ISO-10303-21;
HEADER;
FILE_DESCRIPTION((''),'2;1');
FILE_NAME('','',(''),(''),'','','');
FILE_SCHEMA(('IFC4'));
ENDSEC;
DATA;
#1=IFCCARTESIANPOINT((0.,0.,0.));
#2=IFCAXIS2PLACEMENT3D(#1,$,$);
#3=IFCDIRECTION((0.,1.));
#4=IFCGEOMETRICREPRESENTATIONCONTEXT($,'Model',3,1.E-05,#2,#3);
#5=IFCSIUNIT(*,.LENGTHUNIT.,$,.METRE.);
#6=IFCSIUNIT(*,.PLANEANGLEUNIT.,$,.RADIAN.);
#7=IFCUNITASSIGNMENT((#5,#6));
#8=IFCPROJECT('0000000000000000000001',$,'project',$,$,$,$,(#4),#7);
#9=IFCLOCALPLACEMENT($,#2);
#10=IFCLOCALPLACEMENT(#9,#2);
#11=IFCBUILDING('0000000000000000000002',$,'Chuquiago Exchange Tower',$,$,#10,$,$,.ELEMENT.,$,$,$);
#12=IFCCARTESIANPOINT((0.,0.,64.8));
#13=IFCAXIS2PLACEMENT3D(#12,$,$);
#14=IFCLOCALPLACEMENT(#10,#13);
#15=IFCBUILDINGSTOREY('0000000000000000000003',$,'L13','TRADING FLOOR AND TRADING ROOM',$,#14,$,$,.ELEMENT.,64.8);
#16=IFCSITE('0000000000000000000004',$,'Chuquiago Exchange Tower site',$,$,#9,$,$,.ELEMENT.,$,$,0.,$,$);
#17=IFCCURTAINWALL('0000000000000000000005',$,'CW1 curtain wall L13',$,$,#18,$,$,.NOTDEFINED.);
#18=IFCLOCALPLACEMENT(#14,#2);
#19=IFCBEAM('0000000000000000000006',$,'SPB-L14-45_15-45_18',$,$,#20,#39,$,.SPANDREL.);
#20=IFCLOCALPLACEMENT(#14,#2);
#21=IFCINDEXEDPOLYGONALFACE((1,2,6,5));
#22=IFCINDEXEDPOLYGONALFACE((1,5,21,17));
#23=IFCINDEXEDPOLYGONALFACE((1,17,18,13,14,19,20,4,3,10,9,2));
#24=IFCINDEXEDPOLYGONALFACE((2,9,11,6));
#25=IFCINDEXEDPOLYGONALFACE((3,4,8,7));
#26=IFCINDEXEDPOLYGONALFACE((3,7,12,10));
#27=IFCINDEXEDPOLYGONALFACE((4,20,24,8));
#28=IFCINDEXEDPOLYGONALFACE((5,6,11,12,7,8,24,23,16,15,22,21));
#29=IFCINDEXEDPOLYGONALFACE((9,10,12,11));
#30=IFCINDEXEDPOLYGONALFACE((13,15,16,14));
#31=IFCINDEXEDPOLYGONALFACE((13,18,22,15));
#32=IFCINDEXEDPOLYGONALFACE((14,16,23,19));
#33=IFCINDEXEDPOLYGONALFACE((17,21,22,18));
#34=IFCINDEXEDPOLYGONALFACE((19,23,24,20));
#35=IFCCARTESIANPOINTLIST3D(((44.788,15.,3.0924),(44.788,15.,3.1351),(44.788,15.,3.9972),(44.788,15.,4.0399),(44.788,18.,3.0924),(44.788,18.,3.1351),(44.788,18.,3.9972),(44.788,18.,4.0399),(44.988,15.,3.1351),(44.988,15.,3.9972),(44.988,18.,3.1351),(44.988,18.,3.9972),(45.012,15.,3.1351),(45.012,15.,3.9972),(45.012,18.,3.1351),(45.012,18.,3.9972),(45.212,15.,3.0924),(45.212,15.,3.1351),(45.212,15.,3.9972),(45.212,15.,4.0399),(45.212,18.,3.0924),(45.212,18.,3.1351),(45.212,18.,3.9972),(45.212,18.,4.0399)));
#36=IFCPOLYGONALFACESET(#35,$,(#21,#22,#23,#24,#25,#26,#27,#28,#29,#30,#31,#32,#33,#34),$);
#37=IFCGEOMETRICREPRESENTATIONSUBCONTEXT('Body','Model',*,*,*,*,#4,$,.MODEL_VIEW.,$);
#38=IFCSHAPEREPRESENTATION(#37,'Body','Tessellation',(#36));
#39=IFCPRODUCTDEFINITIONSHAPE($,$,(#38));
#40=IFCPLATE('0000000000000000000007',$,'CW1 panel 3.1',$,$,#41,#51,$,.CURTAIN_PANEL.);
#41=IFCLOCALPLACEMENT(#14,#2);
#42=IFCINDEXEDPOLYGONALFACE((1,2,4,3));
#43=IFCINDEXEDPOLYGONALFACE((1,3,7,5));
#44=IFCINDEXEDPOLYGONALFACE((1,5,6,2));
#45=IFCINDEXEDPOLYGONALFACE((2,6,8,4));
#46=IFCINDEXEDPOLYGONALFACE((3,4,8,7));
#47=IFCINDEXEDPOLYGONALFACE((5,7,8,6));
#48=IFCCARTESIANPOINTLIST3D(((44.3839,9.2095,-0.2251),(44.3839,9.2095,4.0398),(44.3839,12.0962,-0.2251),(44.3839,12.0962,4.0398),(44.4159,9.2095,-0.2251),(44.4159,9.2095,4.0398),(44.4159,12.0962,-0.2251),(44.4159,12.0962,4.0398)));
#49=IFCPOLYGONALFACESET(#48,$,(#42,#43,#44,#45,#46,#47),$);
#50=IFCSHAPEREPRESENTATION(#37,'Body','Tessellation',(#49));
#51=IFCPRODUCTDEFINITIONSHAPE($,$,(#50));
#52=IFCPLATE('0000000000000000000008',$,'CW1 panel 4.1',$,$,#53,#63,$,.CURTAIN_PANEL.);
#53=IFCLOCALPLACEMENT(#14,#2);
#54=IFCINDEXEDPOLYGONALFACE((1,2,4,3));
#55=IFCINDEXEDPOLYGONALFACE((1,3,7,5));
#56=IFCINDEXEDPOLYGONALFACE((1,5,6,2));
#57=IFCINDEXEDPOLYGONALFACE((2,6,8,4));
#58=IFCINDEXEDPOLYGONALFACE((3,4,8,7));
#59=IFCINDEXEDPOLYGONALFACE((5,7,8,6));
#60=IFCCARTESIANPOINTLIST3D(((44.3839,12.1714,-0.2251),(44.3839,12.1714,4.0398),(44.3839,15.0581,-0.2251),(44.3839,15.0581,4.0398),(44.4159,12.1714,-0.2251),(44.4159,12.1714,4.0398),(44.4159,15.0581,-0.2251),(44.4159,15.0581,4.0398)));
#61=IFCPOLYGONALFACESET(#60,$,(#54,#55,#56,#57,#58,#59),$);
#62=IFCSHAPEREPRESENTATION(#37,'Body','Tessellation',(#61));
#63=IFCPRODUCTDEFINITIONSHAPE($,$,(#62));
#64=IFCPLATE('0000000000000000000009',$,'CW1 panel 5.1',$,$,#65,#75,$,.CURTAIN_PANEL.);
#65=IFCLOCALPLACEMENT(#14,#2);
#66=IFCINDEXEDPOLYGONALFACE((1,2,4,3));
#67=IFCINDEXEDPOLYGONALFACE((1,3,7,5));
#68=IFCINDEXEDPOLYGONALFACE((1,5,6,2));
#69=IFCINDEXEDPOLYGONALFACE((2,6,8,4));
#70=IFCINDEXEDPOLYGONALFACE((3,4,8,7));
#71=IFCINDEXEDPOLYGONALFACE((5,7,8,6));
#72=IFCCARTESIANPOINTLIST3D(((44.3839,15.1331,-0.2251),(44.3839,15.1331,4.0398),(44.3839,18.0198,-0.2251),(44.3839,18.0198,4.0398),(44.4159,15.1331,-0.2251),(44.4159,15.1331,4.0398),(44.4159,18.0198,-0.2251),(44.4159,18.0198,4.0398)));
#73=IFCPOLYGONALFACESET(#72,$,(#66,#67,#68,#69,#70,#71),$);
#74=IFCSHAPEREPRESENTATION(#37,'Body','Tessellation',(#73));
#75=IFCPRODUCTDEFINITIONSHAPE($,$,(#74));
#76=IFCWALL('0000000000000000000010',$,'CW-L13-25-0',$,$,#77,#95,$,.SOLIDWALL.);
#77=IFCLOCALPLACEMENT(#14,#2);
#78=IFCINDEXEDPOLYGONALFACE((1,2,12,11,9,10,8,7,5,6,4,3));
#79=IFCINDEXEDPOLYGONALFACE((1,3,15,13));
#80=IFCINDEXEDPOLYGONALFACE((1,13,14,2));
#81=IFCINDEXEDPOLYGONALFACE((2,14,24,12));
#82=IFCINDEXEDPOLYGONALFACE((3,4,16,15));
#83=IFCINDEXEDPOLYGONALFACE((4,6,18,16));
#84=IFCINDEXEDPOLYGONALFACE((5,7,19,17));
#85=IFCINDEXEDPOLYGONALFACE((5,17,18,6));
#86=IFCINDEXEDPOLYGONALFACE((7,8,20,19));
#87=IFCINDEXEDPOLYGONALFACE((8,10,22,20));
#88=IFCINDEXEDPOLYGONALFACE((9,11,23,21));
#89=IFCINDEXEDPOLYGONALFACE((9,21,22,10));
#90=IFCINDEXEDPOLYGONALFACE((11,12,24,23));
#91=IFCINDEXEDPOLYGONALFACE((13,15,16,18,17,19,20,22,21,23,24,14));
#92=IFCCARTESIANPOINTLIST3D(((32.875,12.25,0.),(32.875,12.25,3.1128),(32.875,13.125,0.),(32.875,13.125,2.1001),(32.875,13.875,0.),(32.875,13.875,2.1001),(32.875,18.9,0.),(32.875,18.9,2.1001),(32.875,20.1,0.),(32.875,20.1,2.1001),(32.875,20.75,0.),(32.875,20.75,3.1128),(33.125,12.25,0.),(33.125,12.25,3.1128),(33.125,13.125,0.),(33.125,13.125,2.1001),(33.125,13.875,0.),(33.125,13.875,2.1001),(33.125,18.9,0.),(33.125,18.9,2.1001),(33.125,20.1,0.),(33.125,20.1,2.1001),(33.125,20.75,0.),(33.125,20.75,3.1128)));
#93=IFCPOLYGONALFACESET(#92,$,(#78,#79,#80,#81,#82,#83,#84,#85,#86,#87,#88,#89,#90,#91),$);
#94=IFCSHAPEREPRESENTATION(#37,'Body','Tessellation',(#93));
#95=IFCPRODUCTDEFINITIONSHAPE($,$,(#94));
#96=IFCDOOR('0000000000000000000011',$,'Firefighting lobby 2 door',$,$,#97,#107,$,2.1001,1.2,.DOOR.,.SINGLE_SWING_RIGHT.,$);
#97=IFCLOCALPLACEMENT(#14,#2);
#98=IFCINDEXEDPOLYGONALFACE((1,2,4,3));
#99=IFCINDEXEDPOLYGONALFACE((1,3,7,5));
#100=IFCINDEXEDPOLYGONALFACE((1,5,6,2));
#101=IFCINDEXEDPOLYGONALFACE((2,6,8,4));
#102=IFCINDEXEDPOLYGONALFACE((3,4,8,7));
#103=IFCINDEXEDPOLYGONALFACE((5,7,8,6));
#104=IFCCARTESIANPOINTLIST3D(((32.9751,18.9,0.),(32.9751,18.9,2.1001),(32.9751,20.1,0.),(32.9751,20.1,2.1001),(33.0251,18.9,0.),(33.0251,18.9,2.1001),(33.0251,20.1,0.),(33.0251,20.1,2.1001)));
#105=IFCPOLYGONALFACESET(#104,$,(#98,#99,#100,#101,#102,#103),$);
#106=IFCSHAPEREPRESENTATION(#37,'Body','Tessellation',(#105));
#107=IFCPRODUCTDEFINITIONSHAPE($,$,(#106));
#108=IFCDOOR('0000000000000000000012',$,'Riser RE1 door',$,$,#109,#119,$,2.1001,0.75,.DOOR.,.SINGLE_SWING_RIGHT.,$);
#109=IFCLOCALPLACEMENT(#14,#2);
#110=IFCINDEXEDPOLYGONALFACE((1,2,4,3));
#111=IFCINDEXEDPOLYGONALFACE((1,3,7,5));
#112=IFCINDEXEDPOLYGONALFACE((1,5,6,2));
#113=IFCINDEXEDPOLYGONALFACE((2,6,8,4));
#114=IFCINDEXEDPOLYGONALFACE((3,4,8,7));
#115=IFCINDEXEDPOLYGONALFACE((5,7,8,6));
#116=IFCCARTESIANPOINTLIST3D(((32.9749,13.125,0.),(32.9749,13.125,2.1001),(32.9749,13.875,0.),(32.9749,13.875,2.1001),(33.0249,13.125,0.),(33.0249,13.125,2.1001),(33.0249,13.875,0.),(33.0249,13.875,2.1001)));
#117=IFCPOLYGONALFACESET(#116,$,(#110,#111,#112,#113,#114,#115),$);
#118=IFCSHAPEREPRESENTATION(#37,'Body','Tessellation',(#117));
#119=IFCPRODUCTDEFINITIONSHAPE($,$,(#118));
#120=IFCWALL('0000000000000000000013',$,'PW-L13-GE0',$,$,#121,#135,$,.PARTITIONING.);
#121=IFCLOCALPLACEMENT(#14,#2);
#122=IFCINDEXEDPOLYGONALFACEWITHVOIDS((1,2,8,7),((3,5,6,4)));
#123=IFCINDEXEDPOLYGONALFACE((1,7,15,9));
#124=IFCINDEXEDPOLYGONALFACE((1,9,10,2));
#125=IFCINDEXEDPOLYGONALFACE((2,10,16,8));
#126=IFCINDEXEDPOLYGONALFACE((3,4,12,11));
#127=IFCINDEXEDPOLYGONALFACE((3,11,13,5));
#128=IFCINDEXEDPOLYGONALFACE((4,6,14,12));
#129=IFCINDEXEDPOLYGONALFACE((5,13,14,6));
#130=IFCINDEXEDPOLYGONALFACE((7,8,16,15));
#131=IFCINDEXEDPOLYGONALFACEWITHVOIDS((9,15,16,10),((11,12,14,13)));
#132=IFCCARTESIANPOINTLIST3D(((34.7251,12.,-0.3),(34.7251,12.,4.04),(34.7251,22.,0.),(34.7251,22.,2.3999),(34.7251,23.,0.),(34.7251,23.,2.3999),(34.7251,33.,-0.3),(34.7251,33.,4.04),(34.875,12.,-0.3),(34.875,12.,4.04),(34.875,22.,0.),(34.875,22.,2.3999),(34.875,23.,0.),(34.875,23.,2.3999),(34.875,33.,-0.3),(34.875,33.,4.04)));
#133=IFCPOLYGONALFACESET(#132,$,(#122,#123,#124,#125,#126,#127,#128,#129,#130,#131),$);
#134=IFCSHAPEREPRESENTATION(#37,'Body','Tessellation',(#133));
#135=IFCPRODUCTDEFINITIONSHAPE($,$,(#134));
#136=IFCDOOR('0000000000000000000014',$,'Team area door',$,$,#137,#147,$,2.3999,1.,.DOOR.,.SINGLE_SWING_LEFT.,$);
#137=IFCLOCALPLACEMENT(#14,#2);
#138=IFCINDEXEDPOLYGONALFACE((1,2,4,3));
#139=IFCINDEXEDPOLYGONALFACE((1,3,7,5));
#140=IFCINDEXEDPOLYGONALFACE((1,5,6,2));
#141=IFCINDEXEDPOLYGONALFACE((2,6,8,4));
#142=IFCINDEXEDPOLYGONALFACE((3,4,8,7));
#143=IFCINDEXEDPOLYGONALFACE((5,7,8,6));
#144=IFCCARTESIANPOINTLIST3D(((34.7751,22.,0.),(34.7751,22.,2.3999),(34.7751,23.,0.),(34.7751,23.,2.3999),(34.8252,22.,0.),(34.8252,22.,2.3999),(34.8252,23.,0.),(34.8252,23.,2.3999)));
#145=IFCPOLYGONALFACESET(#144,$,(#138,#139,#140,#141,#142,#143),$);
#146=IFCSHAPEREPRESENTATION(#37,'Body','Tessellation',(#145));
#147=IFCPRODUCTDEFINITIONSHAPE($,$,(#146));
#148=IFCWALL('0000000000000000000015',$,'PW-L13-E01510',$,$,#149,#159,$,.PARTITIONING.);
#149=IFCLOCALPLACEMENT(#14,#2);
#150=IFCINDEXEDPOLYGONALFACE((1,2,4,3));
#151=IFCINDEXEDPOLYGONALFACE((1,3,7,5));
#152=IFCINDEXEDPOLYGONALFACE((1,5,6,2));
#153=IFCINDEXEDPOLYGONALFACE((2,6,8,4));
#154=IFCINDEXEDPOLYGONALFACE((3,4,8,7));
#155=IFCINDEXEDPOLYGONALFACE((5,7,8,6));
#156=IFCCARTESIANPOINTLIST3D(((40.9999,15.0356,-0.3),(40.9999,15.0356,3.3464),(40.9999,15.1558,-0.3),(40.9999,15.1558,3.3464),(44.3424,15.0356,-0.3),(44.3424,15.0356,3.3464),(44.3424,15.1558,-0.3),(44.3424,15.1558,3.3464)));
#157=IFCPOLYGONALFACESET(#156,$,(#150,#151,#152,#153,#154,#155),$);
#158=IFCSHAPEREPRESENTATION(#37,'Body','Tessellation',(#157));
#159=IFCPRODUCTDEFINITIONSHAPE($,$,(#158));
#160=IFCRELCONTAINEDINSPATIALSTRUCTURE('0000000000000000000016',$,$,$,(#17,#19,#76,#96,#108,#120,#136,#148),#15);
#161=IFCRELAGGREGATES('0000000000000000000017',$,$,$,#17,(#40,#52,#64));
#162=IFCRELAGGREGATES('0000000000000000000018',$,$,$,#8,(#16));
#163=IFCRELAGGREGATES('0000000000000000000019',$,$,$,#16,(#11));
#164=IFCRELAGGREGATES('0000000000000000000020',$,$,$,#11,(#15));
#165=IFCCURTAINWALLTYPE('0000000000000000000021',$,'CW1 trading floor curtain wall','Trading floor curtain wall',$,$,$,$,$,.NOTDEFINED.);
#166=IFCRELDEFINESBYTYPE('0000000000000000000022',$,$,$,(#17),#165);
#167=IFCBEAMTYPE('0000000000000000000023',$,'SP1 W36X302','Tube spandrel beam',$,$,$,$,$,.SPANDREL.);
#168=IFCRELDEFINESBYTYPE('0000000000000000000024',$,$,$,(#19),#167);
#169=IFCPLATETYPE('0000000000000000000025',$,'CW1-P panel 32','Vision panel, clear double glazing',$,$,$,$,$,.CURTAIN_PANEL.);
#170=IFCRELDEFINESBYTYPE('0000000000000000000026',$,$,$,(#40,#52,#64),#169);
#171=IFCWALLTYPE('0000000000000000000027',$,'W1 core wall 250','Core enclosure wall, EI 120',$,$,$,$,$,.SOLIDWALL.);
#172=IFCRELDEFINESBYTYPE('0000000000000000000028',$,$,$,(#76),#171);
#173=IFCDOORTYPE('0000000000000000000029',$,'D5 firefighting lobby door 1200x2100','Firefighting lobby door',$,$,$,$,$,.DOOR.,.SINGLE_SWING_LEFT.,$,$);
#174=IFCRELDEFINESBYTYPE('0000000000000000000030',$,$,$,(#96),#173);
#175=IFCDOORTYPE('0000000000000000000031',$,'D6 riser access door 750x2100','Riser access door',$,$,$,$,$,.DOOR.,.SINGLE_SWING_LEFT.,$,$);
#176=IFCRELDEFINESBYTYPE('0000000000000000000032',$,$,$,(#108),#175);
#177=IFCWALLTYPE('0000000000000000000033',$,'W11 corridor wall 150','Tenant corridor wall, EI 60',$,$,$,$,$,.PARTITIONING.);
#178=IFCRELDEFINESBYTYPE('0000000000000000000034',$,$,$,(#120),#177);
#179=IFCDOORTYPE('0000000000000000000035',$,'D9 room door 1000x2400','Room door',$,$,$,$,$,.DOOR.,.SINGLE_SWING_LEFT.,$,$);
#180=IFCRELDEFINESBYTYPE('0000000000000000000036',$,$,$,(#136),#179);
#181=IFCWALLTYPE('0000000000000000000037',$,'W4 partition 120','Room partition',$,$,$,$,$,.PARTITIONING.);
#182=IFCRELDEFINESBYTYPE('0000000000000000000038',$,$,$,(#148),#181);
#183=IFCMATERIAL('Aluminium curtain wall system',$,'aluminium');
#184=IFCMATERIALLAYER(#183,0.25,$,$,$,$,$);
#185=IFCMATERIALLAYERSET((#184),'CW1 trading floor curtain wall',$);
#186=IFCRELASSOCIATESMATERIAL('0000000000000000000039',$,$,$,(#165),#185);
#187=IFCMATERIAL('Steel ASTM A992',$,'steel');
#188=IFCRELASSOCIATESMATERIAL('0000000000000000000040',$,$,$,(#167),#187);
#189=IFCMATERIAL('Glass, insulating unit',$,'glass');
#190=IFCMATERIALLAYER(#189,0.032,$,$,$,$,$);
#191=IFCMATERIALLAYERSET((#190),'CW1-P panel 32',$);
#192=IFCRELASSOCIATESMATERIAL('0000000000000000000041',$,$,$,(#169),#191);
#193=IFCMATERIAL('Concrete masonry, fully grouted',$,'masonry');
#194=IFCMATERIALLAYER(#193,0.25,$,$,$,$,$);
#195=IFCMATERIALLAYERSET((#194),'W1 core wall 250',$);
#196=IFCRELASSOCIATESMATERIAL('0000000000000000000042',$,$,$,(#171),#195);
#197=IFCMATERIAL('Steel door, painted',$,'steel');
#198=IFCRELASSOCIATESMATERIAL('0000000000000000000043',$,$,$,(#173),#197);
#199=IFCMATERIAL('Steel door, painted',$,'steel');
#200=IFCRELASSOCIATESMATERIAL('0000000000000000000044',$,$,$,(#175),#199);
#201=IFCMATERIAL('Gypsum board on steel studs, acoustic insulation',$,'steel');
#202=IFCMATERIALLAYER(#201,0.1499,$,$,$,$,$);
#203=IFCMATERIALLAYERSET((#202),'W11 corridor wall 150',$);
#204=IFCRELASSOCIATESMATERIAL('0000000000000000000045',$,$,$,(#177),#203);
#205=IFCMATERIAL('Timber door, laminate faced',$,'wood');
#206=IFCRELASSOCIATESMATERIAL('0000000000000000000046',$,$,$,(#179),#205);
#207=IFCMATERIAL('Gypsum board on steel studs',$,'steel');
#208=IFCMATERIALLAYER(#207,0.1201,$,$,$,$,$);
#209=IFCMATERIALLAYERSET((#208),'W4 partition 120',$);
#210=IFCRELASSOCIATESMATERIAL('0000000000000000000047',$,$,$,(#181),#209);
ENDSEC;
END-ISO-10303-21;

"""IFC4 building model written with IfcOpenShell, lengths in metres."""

from ifc_helpers import new_model, si_unit, direction, frame, frame_2d, origin, origin_2d, place, context, subcontext, project, spatial, rectangle, i_section, extrude, material, layer, layer_set, material_profile, profile_set, type_object, element, fill, aggregate, save


model = new_model("IFC4")

# Units and contexts
model_context = context("Model", 3, precision=1e-05, world=origin(), true_north=direction((0.0, 1.0)))
body_context = subcontext(model_context, "Body", "Model", "MODEL_VIEW")
ifc_project = project(units=[si_unit("LENGTHUNIT", "METRE"), si_unit("PLANEANGLEUNIT", "RADIAN")], contexts=[model_context])

# Site, building, storey
site_placement = place(None, origin())
site = spatial("IfcSite", under=ifc_project, at=site_placement, Name="Chuquiago Exchange Tower site", CompositionType="ELEMENT", RefElevation=0.0)
building_placement = place(site_placement, origin())
building = spatial("IfcBuilding", under=site, at=building_placement, Name="Chuquiago Exchange Tower", CompositionType="ELEMENT")
storey_placement = place(building_placement, frame((0.0, 0.0, 64.8)))
storey = spatial("IfcBuildingStorey", under=building, at=storey_placement, Name="L13", Description="TRADING FLOOR AND TRADING ROOM", CompositionType="ELEMENT", Elevation=64.8)

# Curtain wall
ifc_material_1 = material(Name="Aluminium curtain wall system", Category="aluminium")
ifc_layer_1 = layer(ifc_material_1, 0.25)
ifc_layer_set_1 = layer_set([ifc_layer_1], Name="CW1 trading floor curtain wall")
curtain_wall_type = type_object("IfcCurtainWallType", Name="CW1 trading floor curtain wall", Description="Trading floor curtain wall", PredefinedType="NOTDEFINED", material=ifc_layer_set_1)
curtain_wall_placement = place(storey_placement, origin())
curtain_wall = element("IfcCurtainWall", 1, at=curtain_wall_placement, inside=storey, type_object=curtain_wall_type, Name="CW1 curtain wall L13", PredefinedType="NOTDEFINED")

# Beam
ifc_material_2 = material(Name="Steel ASTM A992", Category="steel")
ifc_material_profile_1 = material_profile(ifc_material_2, i_section(OverallWidth=0.4241, OverallDepth=0.9475, WebThickness=0.0239, FlangeThickness=0.0427, at=origin_2d()), Name="W36X302")
ifc_profile_set_1 = profile_set([ifc_material_profile_1], Name="Steel ASTM A992")
beam_type_1 = type_object("IfcBeamType", Name="SP1 W36X302", Description="Tube spandrel beam", PredefinedType="SPANDREL", material=ifc_profile_set_1)
for number, where, z_axis, x_axis, name in (
    (2, (45.0, 15.0, 3.5662), (0.0, 1.0, 0.0), (-1.0, 0.0, 0.0), "SPB-L14-45_15-45_18"),
):
    element("IfcBeam", number, at=place(storey_placement, frame(where, z_axis=z_axis, x_axis=x_axis)), inside=storey, type_object=beam_type_1, Name=name, PredefinedType="SPANDREL", context=body_context, shape_type="SweptSolid", body=[
        extrude(i_section(OverallWidth=0.4241, OverallDepth=0.9475, WebThickness=0.0239, FlangeThickness=0.0427, at=origin_2d()), origin(), (0.0, 0.0, 1.0), 3.0),
    ])

# Plates
ifc_material_3 = material(Name="Glass, insulating unit", Category="glass")
ifc_layer_2 = layer(ifc_material_3, 0.032)
ifc_layer_set_2 = layer_set([ifc_layer_2], Name="CW1-P panel 32")
plate_type = type_object("IfcPlateType", Name="CW1-P panel 32", Description="Vision panel, clear double glazing", PredefinedType="CURTAIN_PANEL", material=ifc_layer_set_2)
plate_1_placement = place(storey_placement, frame((44.3999, 10.6528, -0.2251), z_axis=(0.0, 0.0, 1.0), x_axis=(0.0, 1.0, 0.0)))
plate_1 = element("IfcPlate", 3, at=plate_1_placement, type_object=plate_type, Name="CW1 panel 3.1", PredefinedType="CURTAIN_PANEL", context=body_context, shape_type="SweptSolid", body=[
    extrude(rectangle(XDim=2.8867, YDim=0.032, at=origin_2d()), origin(), (0.0, 0.0, 1.0), 4.2649),
])
plate_2_placement = place(storey_placement, frame((44.3999, 13.6147, -0.2251), z_axis=(0.0, 0.0, 1.0), x_axis=(0.0, 1.0, 0.0)))
plate_2 = element("IfcPlate", 4, at=plate_2_placement, type_object=plate_type, Name="CW1 panel 4.1", PredefinedType="CURTAIN_PANEL", context=body_context, shape_type="SweptSolid", body=[
    extrude(rectangle(XDim=2.8867, YDim=0.032, at=origin_2d()), origin(), (0.0, 0.0, 1.0), 4.2649),
])
plate_3_placement = place(storey_placement, frame((44.3999, 16.5764, -0.2251), z_axis=(0.0, 0.0, 1.0), x_axis=(0.0, 1.0, 0.0)))
plate_3 = element("IfcPlate", 5, at=plate_3_placement, type_object=plate_type, Name="CW1 panel 5.1", PredefinedType="CURTAIN_PANEL", context=body_context, shape_type="SweptSolid", body=[
    extrude(rectangle(XDim=2.8867, YDim=0.032, at=origin_2d()), origin(), (0.0, 0.0, 1.0), 4.2649),
])
aggregate(curtain_wall, [plate_1, plate_2, plate_3])

# Wall, openings, doors
ifc_material_4 = material(Name="Concrete masonry, fully grouted", Category="masonry")
ifc_layer_3 = layer(ifc_material_4, 0.25)
ifc_layer_set_3 = layer_set([ifc_layer_3], Name="W1 core wall 250")
wall_type_1 = type_object("IfcWallType", Name="W1 core wall 250", Description="Core enclosure wall, EI 120", PredefinedType="SOLIDWALL", material=ifc_layer_set_3)
wall_1_placement = place(storey_placement, frame((33.0, 12.25, 0.0), z_axis=(0.0, 0.0, 1.0), x_axis=(0.0, 1.0, 0.0)))
wall_1 = element("IfcWall", 6, at=wall_1_placement, inside=storey, type_object=wall_type_1, Name="CW-L13-25-0", PredefinedType="SOLIDWALL", context=body_context, shape_type="SweptSolid", body=[
    extrude(rectangle(XDim=8.5, YDim=0.25, at=frame_2d((4.25, 0.0))), origin(), (0.0, 0.0, 1.0), 3.1128),
])
opening_1_placement = place(wall_1_placement, frame((6.6499, 0.0, 0.0)))
opening_1 = element("IfcOpeningElement", 7, at=opening_1_placement, cuts=wall_1, PredefinedType="OPENING", context=body_context, shape_type="SweptSolid", body=[
    extrude(rectangle(XDim=1.2, YDim=2.1001, at=frame_2d((0.6001, 1.05))), frame((0.0, 0.135, 0.0), z_axis=(0.0, -1.0, 0.0), x_axis=(1.0, 0.0, 0.0)), (0.0, 0.0, 1.0), 0.27),
])
opening_2_placement = place(wall_1_placement, frame((0.875, 0.0, 0.0)))
opening_2 = element("IfcOpeningElement", 8, at=opening_2_placement, cuts=wall_1, PredefinedType="OPENING", context=body_context, shape_type="SweptSolid", body=[
    extrude(rectangle(XDim=0.75, YDim=2.1001, at=frame_2d((0.375, 1.05))), frame((0.0, 0.135, 0.0), z_axis=(0.0, -1.0, 0.0), x_axis=(1.0, 0.0, 0.0)), (0.0, 0.0, 1.0), 0.27),
])
ifc_material_5 = material(Name="Steel door, painted", Category="steel")
door_type_1 = type_object("IfcDoorType", Name="D5 firefighting lobby door 1200x2100", Description="Firefighting lobby door", OperationType="SINGLE_SWING_LEFT", PredefinedType="DOOR", material=ifc_material_5)
door_1_placement = place(opening_1_placement, origin())
door_1 = element("IfcDoor", 9, at=door_1_placement, inside=storey, type_object=door_type_1, Name="Firefighting lobby 2 door", OperationType="SINGLE_SWING_RIGHT", OverallHeight=2.1001, OverallWidth=1.2, PredefinedType="DOOR", context=body_context, shape_type="SweptSolid", body=[
    extrude(rectangle(XDim=1.2, YDim=2.1001, at=frame_2d((0.6001, 1.05))), frame((0.0, 0.0249, 0.0), z_axis=(0.0, -1.0, 0.0), x_axis=(1.0, 0.0, 0.0)), (0.0, 0.0, 1.0), 0.05),
])
fill(opening_1, door_1)
ifc_material_6 = material(Name="Steel door, painted", Category="steel")
door_type_2 = type_object("IfcDoorType", Name="D6 riser access door 750x2100", Description="Riser access door", OperationType="SINGLE_SWING_LEFT", PredefinedType="DOOR", material=ifc_material_6)
door_2_placement = place(opening_2_placement, frame((0.75, 0.0, 0.0), z_axis=(0.0, 0.0, 1.0), x_axis=(-1.0, 0.0, 0.0)))
door_2 = element("IfcDoor", 10, at=door_2_placement, inside=storey, type_object=door_type_2, Name="Riser RE1 door", OperationType="SINGLE_SWING_RIGHT", OverallHeight=2.1001, OverallWidth=0.75, PredefinedType="DOOR", context=body_context, shape_type="SweptSolid", body=[
    extrude(rectangle(XDim=0.75, YDim=2.1001, at=frame_2d((0.375, 1.05))), frame((0.0, 0.0249, 0.0), z_axis=(0.0, -1.0, 0.0), x_axis=(1.0, 0.0, 0.0)), (0.0, 0.0, 1.0), 0.05),
])
fill(opening_2, door_2)

# Wall, opening, door
ifc_material_7 = material(Name="Gypsum board on steel studs, acoustic insulation", Category="steel")
ifc_layer_4 = layer(ifc_material_7, 0.1499)
ifc_layer_set_4 = layer_set([ifc_layer_4], Name="W11 corridor wall 150")
wall_type_2 = type_object("IfcWallType", Name="W11 corridor wall 150", Description="Tenant corridor wall, EI 60", PredefinedType="PARTITIONING", material=ifc_layer_set_4)
wall_2_placement = place(storey_placement, frame((34.8, 12.0, -0.3), z_axis=(0.0, 0.0, 1.0), x_axis=(0.0, 1.0, 0.0)))
wall_2 = element("IfcWall", 11, at=wall_2_placement, inside=storey, type_object=wall_type_2, Name="PW-L13-GE0", PredefinedType="PARTITIONING", context=body_context, shape_type="SweptSolid", body=[
    extrude(rectangle(XDim=21.0, YDim=0.1499, at=frame_2d((10.5, 0.0))), origin(), (0.0, 0.0, 1.0), 4.3401),
])
opening_3_placement = place(wall_2_placement, frame((10.0, 0.0, 0.3)))
opening_3 = element("IfcOpeningElement", 12, at=opening_3_placement, cuts=wall_2, PredefinedType="OPENING", context=body_context, shape_type="SweptSolid", body=[
    extrude(rectangle(XDim=1.0, YDim=2.3999, at=frame_2d((0.5, 1.2))), frame((0.0, 0.085, 0.0), z_axis=(0.0, -1.0, 0.0), x_axis=(1.0, 0.0, 0.0)), (0.0, 0.0, 1.0), 0.1699),
])
ifc_material_8 = material(Name="Timber door, laminate faced", Category="wood")
door_type_3 = type_object("IfcDoorType", Name="D9 room door 1000x2400", Description="Room door", OperationType="SINGLE_SWING_LEFT", PredefinedType="DOOR", material=ifc_material_8)
door_3_placement = place(opening_3_placement, origin())
door_3 = element("IfcDoor", 13, at=door_3_placement, inside=storey, type_object=door_type_3, Name="Team area door", OperationType="SINGLE_SWING_LEFT", OverallHeight=2.3999, OverallWidth=1.0, PredefinedType="DOOR", context=body_context, shape_type="SweptSolid", body=[
    extrude(rectangle(XDim=1.0, YDim=2.3999, at=frame_2d((0.5, 1.2))), frame((0.0, 0.0249, 0.0), z_axis=(0.0, -1.0, 0.0), x_axis=(1.0, 0.0, 0.0)), (0.0, 0.0, 1.0), 0.05),
])
fill(opening_3, door_3)

# Wall
ifc_material_9 = material(Name="Gypsum board on steel studs", Category="steel")
ifc_layer_5 = layer(ifc_material_9, 0.1201)
ifc_layer_set_5 = layer_set([ifc_layer_5], Name="W4 partition 120")
wall_type_3 = type_object("IfcWallType", Name="W4 partition 120", Description="Room partition", PredefinedType="PARTITIONING", material=ifc_layer_set_5)
wall_3_placement = place(storey_placement, frame((44.3425, 15.0957, -0.3), z_axis=(0.0, 0.0, 1.0), x_axis=(-1.0, 0.0, 0.0)))
element("IfcWall", 14, at=wall_3_placement, inside=storey, type_object=wall_type_3, Name="PW-L13-E01510", PredefinedType="PARTITIONING", context=body_context, shape_type="SweptSolid", body=[
    extrude(rectangle(XDim=3.3425, YDim=0.1201, at=frame_2d((1.6714, 0.0))), origin(), (0.0, 0.0, 1.0), 3.6465),
])

save(model, "model.ifc")
